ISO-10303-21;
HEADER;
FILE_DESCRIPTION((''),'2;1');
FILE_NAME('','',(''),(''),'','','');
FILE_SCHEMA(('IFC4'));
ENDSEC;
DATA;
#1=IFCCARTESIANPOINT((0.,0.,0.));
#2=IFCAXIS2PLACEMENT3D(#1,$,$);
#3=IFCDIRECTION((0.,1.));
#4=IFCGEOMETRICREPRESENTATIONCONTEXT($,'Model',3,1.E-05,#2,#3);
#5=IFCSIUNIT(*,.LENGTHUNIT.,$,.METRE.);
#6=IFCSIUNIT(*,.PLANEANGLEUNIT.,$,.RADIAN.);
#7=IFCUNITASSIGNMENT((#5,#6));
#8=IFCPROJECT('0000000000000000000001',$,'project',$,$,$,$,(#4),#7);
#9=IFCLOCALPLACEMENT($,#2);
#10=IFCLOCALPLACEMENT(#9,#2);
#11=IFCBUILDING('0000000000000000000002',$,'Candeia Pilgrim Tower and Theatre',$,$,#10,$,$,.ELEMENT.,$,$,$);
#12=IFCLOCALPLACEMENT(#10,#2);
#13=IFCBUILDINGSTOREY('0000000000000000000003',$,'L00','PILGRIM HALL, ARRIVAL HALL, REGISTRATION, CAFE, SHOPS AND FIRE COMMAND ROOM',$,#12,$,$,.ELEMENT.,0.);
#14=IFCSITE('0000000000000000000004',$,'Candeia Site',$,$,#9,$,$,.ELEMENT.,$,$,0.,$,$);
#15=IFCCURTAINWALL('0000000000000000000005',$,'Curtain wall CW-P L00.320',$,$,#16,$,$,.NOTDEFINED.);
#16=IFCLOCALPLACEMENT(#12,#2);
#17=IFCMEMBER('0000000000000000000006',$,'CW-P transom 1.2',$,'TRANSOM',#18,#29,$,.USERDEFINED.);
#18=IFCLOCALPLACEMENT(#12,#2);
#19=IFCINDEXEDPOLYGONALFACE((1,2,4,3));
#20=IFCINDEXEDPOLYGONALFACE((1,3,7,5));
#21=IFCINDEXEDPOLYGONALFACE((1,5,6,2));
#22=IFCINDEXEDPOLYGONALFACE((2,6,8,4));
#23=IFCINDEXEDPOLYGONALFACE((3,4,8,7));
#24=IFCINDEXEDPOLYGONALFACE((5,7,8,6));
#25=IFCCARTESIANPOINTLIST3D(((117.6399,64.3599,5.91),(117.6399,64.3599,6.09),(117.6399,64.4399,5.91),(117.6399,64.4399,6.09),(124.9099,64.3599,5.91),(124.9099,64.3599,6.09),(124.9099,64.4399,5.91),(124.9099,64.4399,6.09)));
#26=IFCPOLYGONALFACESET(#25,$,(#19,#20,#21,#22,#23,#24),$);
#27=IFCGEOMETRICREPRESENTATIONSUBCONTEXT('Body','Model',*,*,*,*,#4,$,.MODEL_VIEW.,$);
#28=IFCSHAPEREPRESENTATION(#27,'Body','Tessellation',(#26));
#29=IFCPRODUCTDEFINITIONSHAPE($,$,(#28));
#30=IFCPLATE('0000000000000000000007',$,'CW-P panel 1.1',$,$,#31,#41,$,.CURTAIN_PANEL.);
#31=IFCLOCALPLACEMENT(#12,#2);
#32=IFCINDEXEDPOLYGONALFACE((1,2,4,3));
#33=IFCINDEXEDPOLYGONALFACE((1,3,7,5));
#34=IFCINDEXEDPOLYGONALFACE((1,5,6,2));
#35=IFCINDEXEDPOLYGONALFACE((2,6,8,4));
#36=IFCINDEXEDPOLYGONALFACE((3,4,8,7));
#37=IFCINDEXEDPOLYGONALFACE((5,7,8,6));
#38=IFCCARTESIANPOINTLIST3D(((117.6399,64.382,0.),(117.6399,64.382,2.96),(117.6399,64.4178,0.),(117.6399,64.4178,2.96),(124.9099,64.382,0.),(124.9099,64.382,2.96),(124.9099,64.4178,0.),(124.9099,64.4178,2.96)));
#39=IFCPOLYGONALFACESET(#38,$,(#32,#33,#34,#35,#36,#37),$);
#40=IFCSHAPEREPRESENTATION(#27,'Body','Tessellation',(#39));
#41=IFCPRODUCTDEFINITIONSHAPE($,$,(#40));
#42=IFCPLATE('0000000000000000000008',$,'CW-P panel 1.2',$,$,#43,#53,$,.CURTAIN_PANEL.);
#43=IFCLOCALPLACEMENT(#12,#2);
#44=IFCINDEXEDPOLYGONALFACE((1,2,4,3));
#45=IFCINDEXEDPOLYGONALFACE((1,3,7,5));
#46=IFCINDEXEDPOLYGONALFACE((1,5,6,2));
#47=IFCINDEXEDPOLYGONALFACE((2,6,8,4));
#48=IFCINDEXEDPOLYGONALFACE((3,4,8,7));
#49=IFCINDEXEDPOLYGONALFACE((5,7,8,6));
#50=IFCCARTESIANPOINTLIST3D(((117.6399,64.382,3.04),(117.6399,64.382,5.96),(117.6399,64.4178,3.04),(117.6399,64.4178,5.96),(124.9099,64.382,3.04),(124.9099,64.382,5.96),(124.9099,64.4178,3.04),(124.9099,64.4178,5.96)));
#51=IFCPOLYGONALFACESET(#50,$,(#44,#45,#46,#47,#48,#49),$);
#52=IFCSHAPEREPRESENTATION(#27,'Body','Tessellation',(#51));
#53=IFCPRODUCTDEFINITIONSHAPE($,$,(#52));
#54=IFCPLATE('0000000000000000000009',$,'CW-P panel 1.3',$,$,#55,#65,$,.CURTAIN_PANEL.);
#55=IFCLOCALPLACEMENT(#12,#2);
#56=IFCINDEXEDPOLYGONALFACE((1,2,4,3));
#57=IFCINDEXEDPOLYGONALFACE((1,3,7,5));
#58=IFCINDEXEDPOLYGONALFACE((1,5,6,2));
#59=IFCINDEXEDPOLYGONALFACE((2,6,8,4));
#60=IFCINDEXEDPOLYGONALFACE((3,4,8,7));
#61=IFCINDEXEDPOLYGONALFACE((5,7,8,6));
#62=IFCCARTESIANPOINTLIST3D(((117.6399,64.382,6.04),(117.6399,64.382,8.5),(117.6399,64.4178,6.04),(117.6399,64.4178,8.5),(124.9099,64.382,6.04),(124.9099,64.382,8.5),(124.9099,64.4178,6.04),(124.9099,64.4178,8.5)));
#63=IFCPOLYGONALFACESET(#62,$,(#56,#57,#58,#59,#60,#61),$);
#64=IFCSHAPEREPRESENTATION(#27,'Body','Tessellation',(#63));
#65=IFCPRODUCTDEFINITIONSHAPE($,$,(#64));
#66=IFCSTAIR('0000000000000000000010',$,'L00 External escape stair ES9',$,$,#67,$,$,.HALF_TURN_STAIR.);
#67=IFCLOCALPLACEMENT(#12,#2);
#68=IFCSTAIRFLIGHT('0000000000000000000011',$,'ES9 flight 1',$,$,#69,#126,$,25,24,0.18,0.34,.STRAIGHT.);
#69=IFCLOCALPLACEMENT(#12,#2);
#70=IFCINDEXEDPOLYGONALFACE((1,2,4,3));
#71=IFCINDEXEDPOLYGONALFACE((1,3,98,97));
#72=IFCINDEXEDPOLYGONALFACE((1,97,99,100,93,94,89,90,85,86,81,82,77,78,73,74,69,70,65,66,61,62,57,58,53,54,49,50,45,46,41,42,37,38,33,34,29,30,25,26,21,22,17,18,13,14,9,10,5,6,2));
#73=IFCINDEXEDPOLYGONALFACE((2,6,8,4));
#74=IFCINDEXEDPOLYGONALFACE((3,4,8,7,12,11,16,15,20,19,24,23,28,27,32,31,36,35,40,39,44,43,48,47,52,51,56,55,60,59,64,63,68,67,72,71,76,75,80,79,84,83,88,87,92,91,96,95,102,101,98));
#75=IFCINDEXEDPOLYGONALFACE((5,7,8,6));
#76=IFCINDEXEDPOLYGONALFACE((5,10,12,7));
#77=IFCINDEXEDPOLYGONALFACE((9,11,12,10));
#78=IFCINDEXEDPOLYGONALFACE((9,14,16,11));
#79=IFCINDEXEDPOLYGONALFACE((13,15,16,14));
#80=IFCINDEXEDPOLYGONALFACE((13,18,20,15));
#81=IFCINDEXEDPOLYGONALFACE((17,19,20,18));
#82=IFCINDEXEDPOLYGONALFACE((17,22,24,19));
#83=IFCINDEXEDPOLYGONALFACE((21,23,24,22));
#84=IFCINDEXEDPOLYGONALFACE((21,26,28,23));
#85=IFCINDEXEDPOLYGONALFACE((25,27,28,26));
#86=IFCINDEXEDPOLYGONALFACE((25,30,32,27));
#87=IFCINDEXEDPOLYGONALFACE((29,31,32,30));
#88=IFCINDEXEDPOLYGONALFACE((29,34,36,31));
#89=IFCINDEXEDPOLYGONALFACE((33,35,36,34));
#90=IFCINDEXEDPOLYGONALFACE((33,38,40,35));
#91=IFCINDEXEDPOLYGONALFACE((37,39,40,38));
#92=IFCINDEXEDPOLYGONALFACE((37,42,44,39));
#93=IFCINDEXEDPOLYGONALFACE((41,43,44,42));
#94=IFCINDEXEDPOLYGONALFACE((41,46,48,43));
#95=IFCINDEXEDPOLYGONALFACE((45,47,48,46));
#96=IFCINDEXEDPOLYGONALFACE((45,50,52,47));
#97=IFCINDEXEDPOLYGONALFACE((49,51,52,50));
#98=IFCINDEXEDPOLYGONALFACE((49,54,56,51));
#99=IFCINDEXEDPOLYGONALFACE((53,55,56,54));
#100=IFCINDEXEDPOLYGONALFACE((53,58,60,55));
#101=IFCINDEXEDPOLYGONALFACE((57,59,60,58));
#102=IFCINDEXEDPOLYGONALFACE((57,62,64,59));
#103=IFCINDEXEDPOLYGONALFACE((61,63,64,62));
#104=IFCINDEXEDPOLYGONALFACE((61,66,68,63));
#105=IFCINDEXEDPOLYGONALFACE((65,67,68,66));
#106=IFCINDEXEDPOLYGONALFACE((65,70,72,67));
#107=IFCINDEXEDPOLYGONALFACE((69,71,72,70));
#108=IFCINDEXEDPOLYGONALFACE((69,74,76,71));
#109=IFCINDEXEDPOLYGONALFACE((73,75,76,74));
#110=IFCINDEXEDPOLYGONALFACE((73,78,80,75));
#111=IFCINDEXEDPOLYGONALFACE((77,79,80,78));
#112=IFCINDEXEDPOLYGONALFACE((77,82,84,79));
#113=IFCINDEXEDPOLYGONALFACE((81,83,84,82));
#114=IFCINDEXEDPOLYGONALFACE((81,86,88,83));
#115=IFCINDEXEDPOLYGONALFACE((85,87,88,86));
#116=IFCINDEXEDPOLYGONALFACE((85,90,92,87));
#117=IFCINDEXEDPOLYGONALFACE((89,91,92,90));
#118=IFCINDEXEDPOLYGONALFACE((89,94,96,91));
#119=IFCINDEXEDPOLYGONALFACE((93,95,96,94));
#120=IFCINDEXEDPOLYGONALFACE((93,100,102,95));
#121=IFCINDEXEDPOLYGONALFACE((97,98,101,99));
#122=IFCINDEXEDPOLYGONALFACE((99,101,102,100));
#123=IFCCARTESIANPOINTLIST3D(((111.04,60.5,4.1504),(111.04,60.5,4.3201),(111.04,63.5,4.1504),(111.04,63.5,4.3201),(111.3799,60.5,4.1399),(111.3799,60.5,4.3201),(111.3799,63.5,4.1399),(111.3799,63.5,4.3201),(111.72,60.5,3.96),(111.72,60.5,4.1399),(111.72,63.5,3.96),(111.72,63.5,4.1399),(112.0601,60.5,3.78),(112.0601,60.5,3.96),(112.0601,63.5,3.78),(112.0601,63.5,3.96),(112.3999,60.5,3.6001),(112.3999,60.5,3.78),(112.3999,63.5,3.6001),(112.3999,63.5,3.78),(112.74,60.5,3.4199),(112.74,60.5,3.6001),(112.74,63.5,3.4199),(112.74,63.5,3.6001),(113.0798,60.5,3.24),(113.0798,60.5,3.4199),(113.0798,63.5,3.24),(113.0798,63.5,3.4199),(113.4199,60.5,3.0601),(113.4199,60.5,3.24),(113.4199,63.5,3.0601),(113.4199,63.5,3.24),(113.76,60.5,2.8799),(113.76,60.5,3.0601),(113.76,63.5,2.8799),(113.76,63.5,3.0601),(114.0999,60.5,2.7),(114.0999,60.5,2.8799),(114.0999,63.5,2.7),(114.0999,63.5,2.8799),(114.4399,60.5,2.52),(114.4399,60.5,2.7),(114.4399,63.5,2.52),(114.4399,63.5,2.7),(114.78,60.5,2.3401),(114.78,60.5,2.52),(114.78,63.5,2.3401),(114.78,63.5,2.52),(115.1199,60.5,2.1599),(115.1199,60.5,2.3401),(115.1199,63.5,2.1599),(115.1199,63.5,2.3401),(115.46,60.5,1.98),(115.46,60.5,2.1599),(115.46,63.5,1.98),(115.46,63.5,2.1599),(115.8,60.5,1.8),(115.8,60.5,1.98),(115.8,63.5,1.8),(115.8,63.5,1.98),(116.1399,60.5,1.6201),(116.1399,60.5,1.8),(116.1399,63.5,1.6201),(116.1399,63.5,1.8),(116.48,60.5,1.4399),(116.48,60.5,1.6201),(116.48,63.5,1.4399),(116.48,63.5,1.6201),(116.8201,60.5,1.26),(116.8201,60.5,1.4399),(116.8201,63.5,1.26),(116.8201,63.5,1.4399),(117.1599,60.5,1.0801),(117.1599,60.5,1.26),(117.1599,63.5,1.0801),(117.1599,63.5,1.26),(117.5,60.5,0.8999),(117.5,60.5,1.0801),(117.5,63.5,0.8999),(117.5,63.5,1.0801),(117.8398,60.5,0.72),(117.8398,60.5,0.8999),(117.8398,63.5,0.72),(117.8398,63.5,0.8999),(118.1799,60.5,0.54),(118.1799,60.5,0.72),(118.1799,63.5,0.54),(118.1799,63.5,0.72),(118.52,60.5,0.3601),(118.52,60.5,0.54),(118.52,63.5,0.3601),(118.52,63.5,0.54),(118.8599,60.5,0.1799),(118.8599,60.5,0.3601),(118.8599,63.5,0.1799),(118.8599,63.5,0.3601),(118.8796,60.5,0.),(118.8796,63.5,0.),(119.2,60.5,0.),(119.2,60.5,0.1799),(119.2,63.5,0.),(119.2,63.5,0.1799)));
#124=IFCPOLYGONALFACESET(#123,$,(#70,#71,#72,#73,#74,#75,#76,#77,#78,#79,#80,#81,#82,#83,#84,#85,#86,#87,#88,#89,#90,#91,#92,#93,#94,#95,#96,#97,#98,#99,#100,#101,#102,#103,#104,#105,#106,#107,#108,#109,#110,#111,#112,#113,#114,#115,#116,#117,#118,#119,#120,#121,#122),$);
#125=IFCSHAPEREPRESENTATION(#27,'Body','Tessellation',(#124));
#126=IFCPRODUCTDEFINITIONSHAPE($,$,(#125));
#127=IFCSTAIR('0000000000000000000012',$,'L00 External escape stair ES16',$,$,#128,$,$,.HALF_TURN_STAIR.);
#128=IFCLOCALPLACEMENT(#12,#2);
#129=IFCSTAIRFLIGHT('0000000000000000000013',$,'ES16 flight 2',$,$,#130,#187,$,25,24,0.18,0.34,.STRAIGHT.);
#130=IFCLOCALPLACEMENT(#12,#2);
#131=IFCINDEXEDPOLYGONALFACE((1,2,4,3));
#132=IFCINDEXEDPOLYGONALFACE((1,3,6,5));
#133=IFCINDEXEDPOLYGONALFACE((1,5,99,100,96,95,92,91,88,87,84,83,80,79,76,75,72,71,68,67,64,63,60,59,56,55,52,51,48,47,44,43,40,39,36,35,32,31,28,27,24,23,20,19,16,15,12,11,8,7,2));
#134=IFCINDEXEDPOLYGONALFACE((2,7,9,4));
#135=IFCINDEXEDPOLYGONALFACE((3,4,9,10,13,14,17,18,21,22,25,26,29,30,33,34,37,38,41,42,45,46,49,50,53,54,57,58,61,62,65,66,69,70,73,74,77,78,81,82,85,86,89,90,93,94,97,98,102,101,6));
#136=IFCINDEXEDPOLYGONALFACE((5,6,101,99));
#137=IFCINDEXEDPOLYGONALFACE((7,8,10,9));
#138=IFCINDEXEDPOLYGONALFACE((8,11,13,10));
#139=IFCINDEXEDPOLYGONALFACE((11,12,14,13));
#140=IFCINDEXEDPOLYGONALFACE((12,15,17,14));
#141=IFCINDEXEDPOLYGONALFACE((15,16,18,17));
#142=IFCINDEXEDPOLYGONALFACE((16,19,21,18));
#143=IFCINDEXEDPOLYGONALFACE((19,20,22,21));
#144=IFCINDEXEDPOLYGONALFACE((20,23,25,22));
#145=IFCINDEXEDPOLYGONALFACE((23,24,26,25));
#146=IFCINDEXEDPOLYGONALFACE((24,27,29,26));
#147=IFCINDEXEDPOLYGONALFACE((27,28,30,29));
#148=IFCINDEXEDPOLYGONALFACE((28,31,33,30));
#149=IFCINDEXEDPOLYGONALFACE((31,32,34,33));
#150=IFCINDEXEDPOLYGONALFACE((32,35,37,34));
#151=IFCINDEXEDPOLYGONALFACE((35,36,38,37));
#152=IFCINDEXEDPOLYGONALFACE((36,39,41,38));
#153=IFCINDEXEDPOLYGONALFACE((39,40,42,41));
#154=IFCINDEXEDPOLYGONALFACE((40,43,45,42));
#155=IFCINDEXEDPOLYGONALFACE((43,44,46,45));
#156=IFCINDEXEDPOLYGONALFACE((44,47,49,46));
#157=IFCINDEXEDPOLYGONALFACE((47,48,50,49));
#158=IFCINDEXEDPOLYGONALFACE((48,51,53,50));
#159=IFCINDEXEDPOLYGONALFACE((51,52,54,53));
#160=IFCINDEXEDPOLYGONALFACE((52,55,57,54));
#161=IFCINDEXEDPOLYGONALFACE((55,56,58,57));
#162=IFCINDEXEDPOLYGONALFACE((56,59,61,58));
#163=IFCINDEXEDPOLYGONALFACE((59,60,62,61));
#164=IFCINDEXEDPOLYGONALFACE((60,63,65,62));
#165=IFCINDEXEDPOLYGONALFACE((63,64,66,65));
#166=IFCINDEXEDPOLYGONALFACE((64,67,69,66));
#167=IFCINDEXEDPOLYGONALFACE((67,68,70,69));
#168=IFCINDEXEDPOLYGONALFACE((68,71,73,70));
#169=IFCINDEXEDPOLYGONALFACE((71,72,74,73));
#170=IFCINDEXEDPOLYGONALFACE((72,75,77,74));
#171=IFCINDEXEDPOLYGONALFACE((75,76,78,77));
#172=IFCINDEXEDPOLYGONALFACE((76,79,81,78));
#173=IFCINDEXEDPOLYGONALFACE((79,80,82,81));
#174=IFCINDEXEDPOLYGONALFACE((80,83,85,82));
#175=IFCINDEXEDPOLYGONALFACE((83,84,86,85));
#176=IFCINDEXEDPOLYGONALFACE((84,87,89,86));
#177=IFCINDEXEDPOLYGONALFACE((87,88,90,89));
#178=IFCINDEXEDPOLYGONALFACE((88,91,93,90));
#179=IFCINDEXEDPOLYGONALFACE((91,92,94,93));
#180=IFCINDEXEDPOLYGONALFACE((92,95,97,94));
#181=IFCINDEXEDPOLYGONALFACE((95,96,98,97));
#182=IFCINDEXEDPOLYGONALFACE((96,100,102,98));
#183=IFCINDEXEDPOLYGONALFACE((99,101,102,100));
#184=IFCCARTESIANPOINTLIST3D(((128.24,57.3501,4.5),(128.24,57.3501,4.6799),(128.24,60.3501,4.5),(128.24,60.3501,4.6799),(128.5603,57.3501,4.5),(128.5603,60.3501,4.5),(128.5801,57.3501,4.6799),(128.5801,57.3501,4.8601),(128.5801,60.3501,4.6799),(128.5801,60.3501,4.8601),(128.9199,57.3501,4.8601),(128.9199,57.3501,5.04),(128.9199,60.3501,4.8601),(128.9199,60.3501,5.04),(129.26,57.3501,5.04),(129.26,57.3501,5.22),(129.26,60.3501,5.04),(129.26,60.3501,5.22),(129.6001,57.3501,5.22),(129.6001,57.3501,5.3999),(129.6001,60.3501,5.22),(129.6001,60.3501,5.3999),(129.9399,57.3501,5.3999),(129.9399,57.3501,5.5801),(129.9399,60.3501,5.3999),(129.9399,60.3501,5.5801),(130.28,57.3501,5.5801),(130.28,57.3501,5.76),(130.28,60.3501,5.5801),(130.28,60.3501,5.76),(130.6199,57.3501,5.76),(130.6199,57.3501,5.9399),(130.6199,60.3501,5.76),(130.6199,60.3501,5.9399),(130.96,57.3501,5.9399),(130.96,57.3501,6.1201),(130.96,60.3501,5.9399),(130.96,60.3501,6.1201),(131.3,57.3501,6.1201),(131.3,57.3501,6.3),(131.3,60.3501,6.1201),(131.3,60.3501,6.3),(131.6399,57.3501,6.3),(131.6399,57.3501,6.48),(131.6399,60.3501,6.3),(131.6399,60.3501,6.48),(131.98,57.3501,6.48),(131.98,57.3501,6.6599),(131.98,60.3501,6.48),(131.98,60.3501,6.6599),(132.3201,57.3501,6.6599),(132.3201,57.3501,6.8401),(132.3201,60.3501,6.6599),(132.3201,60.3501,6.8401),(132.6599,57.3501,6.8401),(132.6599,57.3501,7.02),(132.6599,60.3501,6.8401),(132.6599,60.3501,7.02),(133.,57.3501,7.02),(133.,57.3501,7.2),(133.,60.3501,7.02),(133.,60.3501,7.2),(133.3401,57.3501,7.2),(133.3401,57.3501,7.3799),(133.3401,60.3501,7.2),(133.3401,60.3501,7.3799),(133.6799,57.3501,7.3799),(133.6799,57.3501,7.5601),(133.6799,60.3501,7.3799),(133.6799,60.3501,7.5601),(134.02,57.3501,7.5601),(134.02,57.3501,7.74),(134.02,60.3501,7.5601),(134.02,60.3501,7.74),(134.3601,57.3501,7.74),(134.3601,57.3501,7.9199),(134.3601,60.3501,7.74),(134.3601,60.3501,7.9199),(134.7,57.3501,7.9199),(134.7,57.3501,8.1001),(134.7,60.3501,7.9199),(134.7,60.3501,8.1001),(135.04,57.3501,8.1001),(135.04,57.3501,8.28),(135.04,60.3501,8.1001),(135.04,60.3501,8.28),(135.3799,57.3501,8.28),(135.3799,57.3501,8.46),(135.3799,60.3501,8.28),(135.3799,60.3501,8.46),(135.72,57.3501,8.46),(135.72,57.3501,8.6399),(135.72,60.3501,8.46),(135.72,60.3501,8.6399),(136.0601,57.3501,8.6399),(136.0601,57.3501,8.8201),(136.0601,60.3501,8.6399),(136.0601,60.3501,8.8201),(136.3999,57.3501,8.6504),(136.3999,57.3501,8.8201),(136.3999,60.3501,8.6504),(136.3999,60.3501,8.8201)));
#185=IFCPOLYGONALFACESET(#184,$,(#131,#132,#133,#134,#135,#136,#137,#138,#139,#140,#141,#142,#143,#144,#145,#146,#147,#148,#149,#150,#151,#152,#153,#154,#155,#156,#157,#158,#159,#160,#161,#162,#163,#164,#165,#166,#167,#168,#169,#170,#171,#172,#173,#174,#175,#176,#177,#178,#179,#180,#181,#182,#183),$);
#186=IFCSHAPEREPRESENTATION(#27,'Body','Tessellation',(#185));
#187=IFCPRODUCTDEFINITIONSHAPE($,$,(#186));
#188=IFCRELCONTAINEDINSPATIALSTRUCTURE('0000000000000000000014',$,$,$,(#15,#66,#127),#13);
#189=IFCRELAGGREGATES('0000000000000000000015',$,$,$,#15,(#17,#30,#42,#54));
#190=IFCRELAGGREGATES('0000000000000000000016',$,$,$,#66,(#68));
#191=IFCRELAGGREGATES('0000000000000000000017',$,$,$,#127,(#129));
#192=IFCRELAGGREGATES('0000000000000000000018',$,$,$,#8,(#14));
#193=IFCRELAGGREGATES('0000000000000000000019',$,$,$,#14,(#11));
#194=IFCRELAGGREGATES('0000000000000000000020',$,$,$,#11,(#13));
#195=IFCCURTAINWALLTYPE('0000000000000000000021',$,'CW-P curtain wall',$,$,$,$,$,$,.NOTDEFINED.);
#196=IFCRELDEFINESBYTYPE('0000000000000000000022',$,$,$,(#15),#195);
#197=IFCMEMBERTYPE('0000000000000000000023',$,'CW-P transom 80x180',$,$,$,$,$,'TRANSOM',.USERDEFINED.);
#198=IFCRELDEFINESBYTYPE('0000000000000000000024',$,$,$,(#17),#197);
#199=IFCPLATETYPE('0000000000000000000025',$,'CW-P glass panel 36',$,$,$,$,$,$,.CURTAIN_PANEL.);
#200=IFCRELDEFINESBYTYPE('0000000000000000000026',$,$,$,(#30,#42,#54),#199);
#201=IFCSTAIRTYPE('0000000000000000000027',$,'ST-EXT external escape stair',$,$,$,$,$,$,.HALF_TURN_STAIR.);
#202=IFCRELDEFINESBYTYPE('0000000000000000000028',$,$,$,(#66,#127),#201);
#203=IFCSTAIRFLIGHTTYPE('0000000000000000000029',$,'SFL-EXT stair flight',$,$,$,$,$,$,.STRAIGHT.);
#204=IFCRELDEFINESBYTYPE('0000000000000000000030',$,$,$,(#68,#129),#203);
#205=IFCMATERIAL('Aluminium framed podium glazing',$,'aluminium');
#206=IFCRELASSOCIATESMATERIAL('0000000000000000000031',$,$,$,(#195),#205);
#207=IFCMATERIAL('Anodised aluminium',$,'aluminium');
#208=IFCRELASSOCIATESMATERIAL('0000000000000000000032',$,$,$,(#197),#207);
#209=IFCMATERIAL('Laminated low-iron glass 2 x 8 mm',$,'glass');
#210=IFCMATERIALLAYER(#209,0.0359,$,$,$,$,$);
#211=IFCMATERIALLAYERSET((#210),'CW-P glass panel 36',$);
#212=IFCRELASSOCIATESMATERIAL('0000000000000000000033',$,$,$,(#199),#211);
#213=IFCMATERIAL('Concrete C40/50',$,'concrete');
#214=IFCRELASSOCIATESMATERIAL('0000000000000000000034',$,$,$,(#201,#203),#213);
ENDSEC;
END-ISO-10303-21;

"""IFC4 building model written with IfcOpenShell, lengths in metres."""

from ifc_helpers import new_model, si_unit, direction, frame, origin, origin_2d, place, context, subcontext, project, spatial, polyline, rectangle, outline, extrude, material, layer, layer_set, material_profile, profile_set, type_object, element, aggregate, save


model = new_model("IFC4")

# Units and contexts
model_context = context("Model", 3, precision=1e-05, world=origin(), true_north=direction((0.0, 1.0)))
body_context = subcontext(model_context, "Body", "Model", "MODEL_VIEW")
ifc_project = project(units=[si_unit("LENGTHUNIT", "METRE"), si_unit("PLANEANGLEUNIT", "RADIAN")], contexts=[model_context])

# Site, building, storey
site_placement = place(None, origin())
site = spatial("IfcSite", under=ifc_project, at=site_placement, Name="Candeia Site", CompositionType="ELEMENT", RefElevation=0.0)
building_placement = place(site_placement, origin())
building = spatial("IfcBuilding", under=site, at=building_placement, Name="Candeia Pilgrim Tower and Theatre", CompositionType="ELEMENT")
storey_placement = place(building_placement, origin())
storey = spatial("IfcBuildingStorey", under=building, at=storey_placement, Name="L00", Description="PILGRIM HALL, ARRIVAL HALL, REGISTRATION, CAFE, SHOPS AND FIRE COMMAND ROOM", CompositionType="ELEMENT", Elevation=0.0)

# Shared definitions
ifc_material_1 = material(Name="Concrete C40/50", Category="concrete")

# Shared definitions
ifc_material_2 = material(Name="Aluminium framed podium glazing", Category="aluminium")
curtain_wall_type = type_object("IfcCurtainWallType", Name="CW-P curtain wall", PredefinedType="NOTDEFINED", material=ifc_material_2)
ifc_material_3 = material(Name="Anodised aluminium", Category="aluminium")

# Curtain wall, member, plates
curtain_wall_1_placement = place(storey_placement, origin())
curtain_wall_1 = element("IfcCurtainWall", 1, at=curtain_wall_1_placement, inside=storey, type_object=curtain_wall_type, Name="Curtain wall CW-P L00.320", PredefinedType="NOTDEFINED")
ifc_material_profile_1 = material_profile(ifc_material_3, rectangle(XDim=0.0801, YDim=0.1799, at=origin_2d()))
ifc_profile_set_1 = profile_set([ifc_material_profile_1], Name="Anodised aluminium")
member_type_1 = type_object("IfcMemberType", Name="CW-P transom 80x180", ElementType="TRANSOM", PredefinedType="USERDEFINED", material=ifc_profile_set_1)
member_1_placement = place(storey_placement, frame((124.9099, 64.3999, 6.0), z_axis=(-1.0, 0.0, 0.0), x_axis=(0.0, -1.0, 0.0)))
member_1 = element("IfcMember", 2, at=member_1_placement, type_object=member_type_1, Name="CW-P transom 1.2", ObjectType="TRANSOM", PredefinedType="USERDEFINED", context=body_context, shape_type="SweptSolid", body=[
    extrude(rectangle(XDim=0.0801, YDim=0.1799, at=origin_2d()), origin(), (0.0, 0.0, 1.0), 7.27),
])
ifc_material_4 = material(Name="Laminated low-iron glass 2 x 8 mm", Category="glass")
ifc_layer_1 = layer(ifc_material_4, 0.0359)
ifc_layer_set_1 = layer_set([ifc_layer_1], Name="CW-P glass panel 36")
plate_type = type_object("IfcPlateType", Name="CW-P glass panel 36", PredefinedType="CURTAIN_PANEL", material=ifc_layer_set_1)
plate_1_placement = place(storey_placement, frame((121.2749, 64.3999, 0.0), z_axis=(0.0, 0.0, 1.0), x_axis=(-1.0, 0.0, 0.0)))
plate_1 = element("IfcPlate", 3, at=plate_1_placement, type_object=plate_type, Name="CW-P panel 1.1", PredefinedType="CURTAIN_PANEL", context=body_context, shape_type="SweptSolid", body=[
    extrude(rectangle(XDim=7.27, YDim=0.0359, at=origin_2d()), origin(), (0.0, 0.0, 1.0), 2.96),
])
plate_2_placement = place(storey_placement, frame((121.2749, 64.3999, 3.04), z_axis=(0.0, 0.0, 1.0), x_axis=(-1.0, 0.0, 0.0)))
plate_2 = element("IfcPlate", 4, at=plate_2_placement, type_object=plate_type, Name="CW-P panel 1.2", PredefinedType="CURTAIN_PANEL", context=body_context, shape_type="SweptSolid", body=[
    extrude(rectangle(XDim=7.27, YDim=0.0359, at=origin_2d()), origin(), (0.0, 0.0, 1.0), 2.9199),
])
plate_3_placement = place(storey_placement, frame((121.2749, 64.3999, 6.04), z_axis=(0.0, 0.0, 1.0), x_axis=(-1.0, 0.0, 0.0)))
plate_3 = element("IfcPlate", 5, at=plate_3_placement, type_object=plate_type, Name="CW-P panel 1.3", PredefinedType="CURTAIN_PANEL", context=body_context, shape_type="SweptSolid", body=[
    extrude(rectangle(XDim=7.27, YDim=0.0359, at=origin_2d()), origin(), (0.0, 0.0, 1.0), 2.46),
])
aggregate(curtain_wall_1, [member_1, plate_1, plate_2, plate_3])

# Stairs, stair flights
stair_type = type_object("IfcStairType", Name="ST-EXT external escape stair", PredefinedType="HALF_TURN_STAIR", material=ifc_material_1)
stair_1_placement = place(storey_placement, origin())
stair_1 = element("IfcStair", 6, at=stair_1_placement, inside=storey, type_object=stair_type, Name="L00 External escape stair ES9", PredefinedType="HALF_TURN_STAIR")
stair_flight_type = type_object("IfcStairFlightType", Name="SFL-EXT stair flight", PredefinedType="STRAIGHT", material=ifc_material_1)
stair_flight_1_placement = place(storey_placement, frame((119.2, 62.0, 0.0), z_axis=(0.0, 0.0, 1.0), x_axis=(-1.0, 0.0, 0.0)))
stair_flight_1 = element("IfcStairFlight", 7, at=stair_flight_1_placement, type_object=stair_flight_type, Name="ES9 flight 1", NumberOfRisers=25, NumberOfTreads=24, PredefinedType="STRAIGHT", RiserHeight=0.18, TreadLength=0.34, context=body_context, shape_type="SweptSolid", body=[
    extrude(outline(polyline([(0.0, 0.0), (0.0, 0.1799), (0.3401, 0.1799), (0.3401, 0.3601), (0.6799, 0.3601), (0.6799, 0.54), (1.02, 0.54), (1.02, 0.72), (1.3601, 0.72), (1.3601, 0.8999), (1.7, 0.8999), (1.7, 1.0801), (2.04, 1.0801), (2.04, 1.26), (2.3799, 1.26), (2.3799, 1.4399), (2.72, 1.4399), (2.72, 1.6201), (3.0601, 1.6201), (3.0601, 1.8), (3.3999, 1.8), (3.3999, 1.98), (3.74, 1.98), (3.74, 2.1599), (4.0801, 2.1599), (4.0801, 2.3401), (4.4199, 2.3401), (4.4199, 2.52), (4.76, 2.52), (4.76, 2.7), (5.1001, 2.7), (5.1001, 2.8799), (5.4399, 2.8799), (5.4399, 3.0601), (5.78, 3.0601), (5.78, 3.24), (6.1201, 3.24), (6.1201, 3.4199), (6.46, 3.4199), (6.46, 3.6001), (6.8, 3.6001), (6.8, 3.78), (7.1399, 3.78), (7.1399, 3.96), (7.48, 3.96), (7.48, 4.1399), (7.8201, 4.1399), (7.8201, 4.3201), (8.1599, 4.3201), (8.1599, 4.5), (8.1599, 4.1504), (0.3203, 0.0), (0.0, 0.0)])), frame((0.0, 1.5, 0.0), z_axis=(0.0, -1.0, 0.0), x_axis=(1.0, 0.0, 0.0)), (0.0, 0.0, 1.0), 3.0),
])
aggregate(stair_1, [stair_flight_1])
stair_2_placement = place(storey_placement, origin())
stair_2 = element("IfcStair", 8, at=stair_2_placement, inside=storey, type_object=stair_type, Name="L00 External escape stair ES16", PredefinedType="HALF_TURN_STAIR")
stair_flight_2_placement = place(storey_placement, frame((128.24, 58.8501, 4.5), z_axis=(0.0, 0.0, 1.0), x_axis=(1.0, 0.0, 0.0)))
stair_flight_2 = element("IfcStairFlight", 9, at=stair_flight_2_placement, type_object=stair_flight_type, Name="ES16 flight 2", NumberOfRisers=25, NumberOfTreads=24, PredefinedType="STRAIGHT", RiserHeight=0.18, TreadLength=0.34, context=body_context, shape_type="SweptSolid", body=[
    extrude(outline(polyline([(0.0, 0.0), (0.0, 0.1799), (0.3401, 0.1799), (0.3401, 0.3601), (0.6799, 0.3601), (0.6799, 0.54), (1.02, 0.54), (1.02, 0.72), (1.3601, 0.72), (1.3601, 0.8999), (1.7, 0.8999), (1.7, 1.0801), (2.04, 1.0801), (2.04, 1.26), (2.3799, 1.26), (2.3799, 1.4399), (2.72, 1.4399), (2.72, 1.6201), (3.0601, 1.6201), (3.0601, 1.8), (3.3999, 1.8), (3.3999, 1.98), (3.74, 1.98), (3.74, 2.1599), (4.0801, 2.1599), (4.0801, 2.3401), (4.4199, 2.3401), (4.4199, 2.52), (4.76, 2.52), (4.76, 2.7), (5.1001, 2.7), (5.1001, 2.8799), (5.4399, 2.8799), (5.4399, 3.0601), (5.78, 3.0601), (5.78, 3.24), (6.1201, 3.24), (6.1201, 3.4199), (6.46, 3.4199), (6.46, 3.6001), (6.8, 3.6001), (6.8, 3.78), (7.1399, 3.78), (7.1399, 3.96), (7.48, 3.96), (7.48, 4.1399), (7.8201, 4.1399), (7.8201, 4.3201), (8.1599, 4.3201), (8.1599, 4.5), (8.1599, 4.1504), (0.3203, 0.0), (0.0, 0.0)])), frame((0.0, 1.5, 0.0), z_axis=(0.0, -1.0, 0.0), x_axis=(1.0, 0.0, 0.0)), (0.0, 0.0, 1.0), 3.0),
])
aggregate(stair_2, [stair_flight_2])

save(model, "model.ifc")
